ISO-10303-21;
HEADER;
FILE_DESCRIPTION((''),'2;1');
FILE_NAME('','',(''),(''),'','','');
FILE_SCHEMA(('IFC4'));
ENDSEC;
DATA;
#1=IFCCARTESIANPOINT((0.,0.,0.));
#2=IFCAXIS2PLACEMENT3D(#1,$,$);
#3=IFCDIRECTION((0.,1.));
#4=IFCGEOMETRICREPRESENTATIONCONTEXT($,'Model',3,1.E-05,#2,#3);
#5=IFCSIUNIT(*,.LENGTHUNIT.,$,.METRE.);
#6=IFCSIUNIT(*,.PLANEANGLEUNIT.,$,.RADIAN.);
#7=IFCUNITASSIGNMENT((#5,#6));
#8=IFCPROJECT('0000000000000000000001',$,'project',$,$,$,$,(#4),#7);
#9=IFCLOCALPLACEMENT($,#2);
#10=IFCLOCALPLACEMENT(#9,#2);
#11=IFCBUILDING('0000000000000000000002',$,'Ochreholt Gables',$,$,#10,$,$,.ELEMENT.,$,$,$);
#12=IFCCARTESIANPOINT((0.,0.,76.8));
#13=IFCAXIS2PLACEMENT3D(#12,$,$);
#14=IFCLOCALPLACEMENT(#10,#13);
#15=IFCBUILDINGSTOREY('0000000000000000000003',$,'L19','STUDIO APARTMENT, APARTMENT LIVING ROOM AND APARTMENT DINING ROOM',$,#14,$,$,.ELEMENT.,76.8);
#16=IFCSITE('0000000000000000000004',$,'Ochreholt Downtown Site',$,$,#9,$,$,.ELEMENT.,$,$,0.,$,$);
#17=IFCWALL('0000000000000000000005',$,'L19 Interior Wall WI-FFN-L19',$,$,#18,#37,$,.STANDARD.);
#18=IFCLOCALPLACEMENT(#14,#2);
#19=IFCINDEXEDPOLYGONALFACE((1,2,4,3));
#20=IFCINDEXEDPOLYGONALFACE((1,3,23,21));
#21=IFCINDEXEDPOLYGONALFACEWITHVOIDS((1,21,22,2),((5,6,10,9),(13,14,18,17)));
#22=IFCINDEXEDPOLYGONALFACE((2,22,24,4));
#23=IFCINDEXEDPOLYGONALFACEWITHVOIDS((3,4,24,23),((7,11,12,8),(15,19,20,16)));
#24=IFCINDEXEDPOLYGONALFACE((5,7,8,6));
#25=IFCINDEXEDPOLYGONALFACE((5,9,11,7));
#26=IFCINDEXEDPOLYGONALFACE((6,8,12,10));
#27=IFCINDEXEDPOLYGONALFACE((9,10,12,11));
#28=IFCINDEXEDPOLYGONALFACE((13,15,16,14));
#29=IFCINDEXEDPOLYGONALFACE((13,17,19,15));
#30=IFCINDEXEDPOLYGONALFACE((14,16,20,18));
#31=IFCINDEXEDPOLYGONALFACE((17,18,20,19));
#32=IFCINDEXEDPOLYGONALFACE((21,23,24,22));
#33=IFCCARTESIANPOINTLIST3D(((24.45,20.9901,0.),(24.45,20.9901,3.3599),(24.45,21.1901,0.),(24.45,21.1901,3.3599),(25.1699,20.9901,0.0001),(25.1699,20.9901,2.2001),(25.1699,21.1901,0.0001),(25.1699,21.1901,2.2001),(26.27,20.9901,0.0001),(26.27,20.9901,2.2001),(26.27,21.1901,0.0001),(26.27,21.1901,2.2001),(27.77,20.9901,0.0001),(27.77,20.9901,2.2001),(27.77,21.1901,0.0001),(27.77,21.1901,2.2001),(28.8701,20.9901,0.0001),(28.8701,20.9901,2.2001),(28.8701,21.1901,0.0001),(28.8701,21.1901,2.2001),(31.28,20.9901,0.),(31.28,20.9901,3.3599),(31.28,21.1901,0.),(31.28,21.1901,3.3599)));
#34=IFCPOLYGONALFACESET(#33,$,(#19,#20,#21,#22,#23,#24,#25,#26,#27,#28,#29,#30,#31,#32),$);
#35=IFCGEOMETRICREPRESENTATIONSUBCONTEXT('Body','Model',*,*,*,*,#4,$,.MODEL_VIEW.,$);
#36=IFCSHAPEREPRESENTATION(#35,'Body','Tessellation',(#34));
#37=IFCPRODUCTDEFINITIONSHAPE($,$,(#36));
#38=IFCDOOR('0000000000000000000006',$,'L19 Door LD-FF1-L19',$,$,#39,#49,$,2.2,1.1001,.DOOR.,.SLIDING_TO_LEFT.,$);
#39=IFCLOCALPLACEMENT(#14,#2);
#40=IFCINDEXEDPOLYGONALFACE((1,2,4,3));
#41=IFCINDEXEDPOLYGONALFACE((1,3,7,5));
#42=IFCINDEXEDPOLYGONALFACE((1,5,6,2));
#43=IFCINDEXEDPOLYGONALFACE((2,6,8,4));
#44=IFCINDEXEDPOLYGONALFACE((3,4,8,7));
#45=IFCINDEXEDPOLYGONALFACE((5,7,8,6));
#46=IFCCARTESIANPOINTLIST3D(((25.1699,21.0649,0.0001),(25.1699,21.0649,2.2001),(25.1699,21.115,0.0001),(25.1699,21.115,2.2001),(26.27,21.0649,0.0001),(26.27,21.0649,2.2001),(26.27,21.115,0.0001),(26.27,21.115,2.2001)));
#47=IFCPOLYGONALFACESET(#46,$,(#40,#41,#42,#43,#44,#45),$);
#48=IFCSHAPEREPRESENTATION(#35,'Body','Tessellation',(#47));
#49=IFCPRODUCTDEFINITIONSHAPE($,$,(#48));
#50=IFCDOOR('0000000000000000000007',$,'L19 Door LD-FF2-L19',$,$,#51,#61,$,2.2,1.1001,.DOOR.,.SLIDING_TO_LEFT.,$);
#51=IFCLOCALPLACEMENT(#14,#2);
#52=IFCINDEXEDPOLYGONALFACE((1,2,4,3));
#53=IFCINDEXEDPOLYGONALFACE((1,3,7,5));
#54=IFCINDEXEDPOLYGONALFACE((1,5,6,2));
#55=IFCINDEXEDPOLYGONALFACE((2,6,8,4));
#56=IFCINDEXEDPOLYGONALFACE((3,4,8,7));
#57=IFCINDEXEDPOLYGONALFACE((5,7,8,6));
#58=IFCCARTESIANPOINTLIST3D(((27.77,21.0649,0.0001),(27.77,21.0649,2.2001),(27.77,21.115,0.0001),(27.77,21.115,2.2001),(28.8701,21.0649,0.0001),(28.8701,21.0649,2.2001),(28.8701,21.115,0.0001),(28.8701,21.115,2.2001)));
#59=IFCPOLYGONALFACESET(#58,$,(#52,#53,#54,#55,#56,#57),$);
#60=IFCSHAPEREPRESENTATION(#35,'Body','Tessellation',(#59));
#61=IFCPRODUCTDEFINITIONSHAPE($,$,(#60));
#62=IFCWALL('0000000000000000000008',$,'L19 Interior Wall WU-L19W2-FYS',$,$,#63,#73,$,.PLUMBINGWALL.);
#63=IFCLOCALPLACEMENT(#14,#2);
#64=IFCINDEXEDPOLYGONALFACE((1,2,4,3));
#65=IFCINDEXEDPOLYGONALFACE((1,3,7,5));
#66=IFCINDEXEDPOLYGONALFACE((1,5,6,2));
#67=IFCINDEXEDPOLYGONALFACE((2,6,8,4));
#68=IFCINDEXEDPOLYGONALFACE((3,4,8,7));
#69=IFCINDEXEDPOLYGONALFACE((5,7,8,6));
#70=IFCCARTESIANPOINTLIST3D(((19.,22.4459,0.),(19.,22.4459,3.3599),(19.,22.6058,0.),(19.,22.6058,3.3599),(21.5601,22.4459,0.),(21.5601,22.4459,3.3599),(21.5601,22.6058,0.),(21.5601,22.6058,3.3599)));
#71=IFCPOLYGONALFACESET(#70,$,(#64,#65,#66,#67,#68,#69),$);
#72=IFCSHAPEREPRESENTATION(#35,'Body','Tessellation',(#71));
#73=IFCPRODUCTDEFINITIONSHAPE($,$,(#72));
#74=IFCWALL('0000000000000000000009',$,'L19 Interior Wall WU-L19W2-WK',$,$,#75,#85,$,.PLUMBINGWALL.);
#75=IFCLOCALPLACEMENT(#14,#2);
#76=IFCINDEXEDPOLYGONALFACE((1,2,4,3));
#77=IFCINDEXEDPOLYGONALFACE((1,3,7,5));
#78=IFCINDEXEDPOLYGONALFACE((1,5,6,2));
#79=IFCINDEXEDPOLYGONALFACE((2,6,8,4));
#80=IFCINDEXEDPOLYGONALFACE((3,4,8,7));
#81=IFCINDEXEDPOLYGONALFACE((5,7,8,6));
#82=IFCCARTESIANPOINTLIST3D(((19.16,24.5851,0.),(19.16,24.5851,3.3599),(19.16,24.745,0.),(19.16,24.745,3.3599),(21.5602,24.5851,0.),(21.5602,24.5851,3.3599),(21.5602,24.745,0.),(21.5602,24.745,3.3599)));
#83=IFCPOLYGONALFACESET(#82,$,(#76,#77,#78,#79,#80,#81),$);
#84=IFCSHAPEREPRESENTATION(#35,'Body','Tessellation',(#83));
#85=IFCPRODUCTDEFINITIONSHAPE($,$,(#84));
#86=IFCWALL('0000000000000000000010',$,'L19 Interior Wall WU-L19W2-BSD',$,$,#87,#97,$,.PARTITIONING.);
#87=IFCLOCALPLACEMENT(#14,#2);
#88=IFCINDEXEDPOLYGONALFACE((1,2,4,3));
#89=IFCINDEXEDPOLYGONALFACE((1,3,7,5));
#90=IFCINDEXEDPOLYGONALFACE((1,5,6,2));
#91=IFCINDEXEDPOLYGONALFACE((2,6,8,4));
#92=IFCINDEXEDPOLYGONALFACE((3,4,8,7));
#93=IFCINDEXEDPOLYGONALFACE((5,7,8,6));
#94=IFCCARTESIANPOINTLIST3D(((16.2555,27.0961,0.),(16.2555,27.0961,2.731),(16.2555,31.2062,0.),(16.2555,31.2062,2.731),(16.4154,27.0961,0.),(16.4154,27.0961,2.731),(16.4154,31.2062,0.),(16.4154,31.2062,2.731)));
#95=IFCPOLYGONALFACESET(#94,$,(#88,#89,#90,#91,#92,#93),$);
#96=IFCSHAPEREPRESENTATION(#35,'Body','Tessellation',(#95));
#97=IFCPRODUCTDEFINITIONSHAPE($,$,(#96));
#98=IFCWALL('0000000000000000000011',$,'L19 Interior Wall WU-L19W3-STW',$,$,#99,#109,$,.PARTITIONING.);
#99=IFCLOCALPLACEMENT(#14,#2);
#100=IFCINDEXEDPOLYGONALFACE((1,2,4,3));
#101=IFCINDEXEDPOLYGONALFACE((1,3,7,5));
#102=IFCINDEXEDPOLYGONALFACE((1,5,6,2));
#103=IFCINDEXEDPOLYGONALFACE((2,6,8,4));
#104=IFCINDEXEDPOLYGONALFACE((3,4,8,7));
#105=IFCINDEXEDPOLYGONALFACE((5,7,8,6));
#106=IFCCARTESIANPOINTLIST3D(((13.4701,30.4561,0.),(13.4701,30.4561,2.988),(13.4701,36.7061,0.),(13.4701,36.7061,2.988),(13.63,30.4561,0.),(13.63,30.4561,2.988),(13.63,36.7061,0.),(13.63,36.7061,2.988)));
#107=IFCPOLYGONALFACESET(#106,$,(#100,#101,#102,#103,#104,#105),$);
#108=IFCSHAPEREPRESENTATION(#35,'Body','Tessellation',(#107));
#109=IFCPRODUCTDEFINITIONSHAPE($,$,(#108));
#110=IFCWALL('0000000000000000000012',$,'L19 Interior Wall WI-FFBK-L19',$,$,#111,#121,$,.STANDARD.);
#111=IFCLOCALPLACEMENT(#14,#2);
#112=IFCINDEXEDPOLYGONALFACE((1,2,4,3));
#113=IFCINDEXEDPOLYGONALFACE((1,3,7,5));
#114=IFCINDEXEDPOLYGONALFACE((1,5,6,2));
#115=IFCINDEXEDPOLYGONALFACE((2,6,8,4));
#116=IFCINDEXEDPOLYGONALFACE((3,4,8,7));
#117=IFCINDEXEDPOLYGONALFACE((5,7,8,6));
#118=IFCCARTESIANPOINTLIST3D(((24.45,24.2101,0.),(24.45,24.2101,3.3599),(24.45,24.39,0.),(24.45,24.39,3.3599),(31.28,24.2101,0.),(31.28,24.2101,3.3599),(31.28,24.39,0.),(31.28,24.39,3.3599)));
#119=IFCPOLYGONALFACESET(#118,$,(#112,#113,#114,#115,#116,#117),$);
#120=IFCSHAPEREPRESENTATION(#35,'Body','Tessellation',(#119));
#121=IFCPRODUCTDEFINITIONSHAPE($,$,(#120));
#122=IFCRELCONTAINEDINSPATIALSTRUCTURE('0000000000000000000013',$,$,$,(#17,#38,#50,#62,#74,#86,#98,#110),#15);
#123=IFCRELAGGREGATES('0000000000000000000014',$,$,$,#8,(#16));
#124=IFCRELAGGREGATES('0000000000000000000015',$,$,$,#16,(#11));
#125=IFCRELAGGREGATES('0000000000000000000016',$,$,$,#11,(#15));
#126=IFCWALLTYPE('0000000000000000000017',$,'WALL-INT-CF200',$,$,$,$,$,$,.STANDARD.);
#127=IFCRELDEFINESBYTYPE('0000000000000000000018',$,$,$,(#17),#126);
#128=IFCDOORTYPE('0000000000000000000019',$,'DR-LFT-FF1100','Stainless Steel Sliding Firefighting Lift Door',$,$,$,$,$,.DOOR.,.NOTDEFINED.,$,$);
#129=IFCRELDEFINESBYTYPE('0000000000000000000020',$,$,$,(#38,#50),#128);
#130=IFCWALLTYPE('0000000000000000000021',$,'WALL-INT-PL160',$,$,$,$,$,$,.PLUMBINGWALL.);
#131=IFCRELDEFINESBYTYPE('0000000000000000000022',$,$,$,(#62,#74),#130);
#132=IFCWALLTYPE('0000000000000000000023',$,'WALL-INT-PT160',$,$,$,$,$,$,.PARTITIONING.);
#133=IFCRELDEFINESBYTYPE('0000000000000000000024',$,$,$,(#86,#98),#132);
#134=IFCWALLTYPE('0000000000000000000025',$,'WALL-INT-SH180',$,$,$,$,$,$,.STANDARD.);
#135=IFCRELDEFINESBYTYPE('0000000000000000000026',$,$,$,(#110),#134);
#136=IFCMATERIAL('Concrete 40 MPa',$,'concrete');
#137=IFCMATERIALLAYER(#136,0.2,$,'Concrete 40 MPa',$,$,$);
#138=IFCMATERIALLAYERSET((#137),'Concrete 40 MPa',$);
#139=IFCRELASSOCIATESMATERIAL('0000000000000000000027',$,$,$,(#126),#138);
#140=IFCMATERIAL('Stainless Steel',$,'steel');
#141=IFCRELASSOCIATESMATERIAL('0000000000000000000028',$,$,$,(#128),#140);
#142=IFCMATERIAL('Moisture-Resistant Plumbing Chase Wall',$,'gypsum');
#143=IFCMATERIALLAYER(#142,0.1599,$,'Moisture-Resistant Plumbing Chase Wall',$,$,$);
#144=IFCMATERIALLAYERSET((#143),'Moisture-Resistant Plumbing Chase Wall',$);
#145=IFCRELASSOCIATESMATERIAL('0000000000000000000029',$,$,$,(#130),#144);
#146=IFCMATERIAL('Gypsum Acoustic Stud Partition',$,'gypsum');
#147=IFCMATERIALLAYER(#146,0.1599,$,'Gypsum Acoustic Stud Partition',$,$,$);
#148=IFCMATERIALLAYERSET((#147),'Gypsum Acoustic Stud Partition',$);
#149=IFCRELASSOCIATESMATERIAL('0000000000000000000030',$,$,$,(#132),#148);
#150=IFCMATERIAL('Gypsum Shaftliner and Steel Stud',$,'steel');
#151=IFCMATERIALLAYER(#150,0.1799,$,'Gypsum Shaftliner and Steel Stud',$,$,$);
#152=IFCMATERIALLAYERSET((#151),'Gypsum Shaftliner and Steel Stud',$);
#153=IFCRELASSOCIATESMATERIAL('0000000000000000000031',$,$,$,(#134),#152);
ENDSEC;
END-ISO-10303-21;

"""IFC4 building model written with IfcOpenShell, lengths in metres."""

from ifc_helpers import new_model, si_unit, direction, frame, frame_2d, origin, place, context, subcontext, project, spatial, rectangle, extrude, material, layer, layer_set, type_object, element, fill, save


model = new_model("IFC4")

# Units and contexts
model_context = context("Model", 3, precision=1e-05, world=origin(), true_north=direction((0.0, 1.0)))
body_context = subcontext(model_context, "Body", "Model", "MODEL_VIEW")
ifc_project = project(units=[si_unit("LENGTHUNIT", "METRE"), si_unit("PLANEANGLEUNIT", "RADIAN")], contexts=[model_context])

# Site, building, storey
site_placement = place(None, origin())
site = spatial("IfcSite", under=ifc_project, at=site_placement, Name="Ochreholt Downtown Site", CompositionType="ELEMENT", RefElevation=0.0)
building_placement = place(site_placement, origin())
building = spatial("IfcBuilding", under=site, at=building_placement, Name="Ochreholt Gables", CompositionType="ELEMENT")
storey_placement = place(building_placement, frame((0.0, 0.0, 76.8)))
storey = spatial("IfcBuildingStorey", under=building, at=storey_placement, Name="L19", Description="STUDIO APARTMENT, APARTMENT LIVING ROOM AND APARTMENT DINING ROOM", CompositionType="ELEMENT", Elevation=76.8)

# Wall, openings, doors
ifc_material_1 = material(Name="Concrete 40 MPa", Category="concrete")
ifc_layer_1 = layer(ifc_material_1, 0.2, Name="Concrete 40 MPa")
ifc_layer_set_1 = layer_set([ifc_layer_1], Name="Concrete 40 MPa")
wall_type_1 = type_object("IfcWallType", Name="WALL-INT-CF200", PredefinedType="STANDARD", material=ifc_layer_set_1)
wall_1_placement = place(storey_placement, frame((24.45, 21.0901, 0.0), z_axis=(0.0, 0.0, 1.0), x_axis=(1.0, 0.0, 0.0)))
wall_1 = element("IfcWall", 1, at=wall_1_placement, inside=storey, type_object=wall_type_1, Name="L19 Interior Wall WI-FFN-L19", PredefinedType="STANDARD", context=body_context, shape_type="SweptSolid", body=[
    extrude(rectangle(XDim=6.8301, YDim=0.2, at=frame_2d((3.415, 0.0))), origin(), (0.0, 0.0, 1.0), 3.3599),
])
opening_1_placement = place(wall_1_placement, frame((0.72, 0.0, 0.0)))
opening_1 = element("IfcOpeningElement", 2, at=opening_1_placement, cuts=wall_1, PredefinedType="OPENING", context=body_context, shape_type="SweptSolid", body=[
    extrude(rectangle(XDim=1.1001, YDim=2.2, at=frame_2d((0.55, 1.1001))), frame((0.0, 0.1099, 0.0), z_axis=(0.0, -1.0, 0.0), x_axis=(1.0, 0.0, 0.0)), (0.0, 0.0, 1.0), 0.22),
])
opening_2_placement = place(wall_1_placement, frame((3.3201, 0.0, 0.0)))
opening_2 = element("IfcOpeningElement", 3, at=opening_2_placement, cuts=wall_1, PredefinedType="OPENING", context=body_context, shape_type="SweptSolid", body=[
    extrude(rectangle(XDim=1.1001, YDim=2.2, at=frame_2d((0.55, 1.1001))), frame((0.0, 0.1099, 0.0), z_axis=(0.0, -1.0, 0.0), x_axis=(1.0, 0.0, 0.0)), (0.0, 0.0, 1.0), 0.22),
])
ifc_material_2 = material(Name="Stainless Steel", Category="steel")
door_type_1 = type_object("IfcDoorType", Name="DR-LFT-FF1100", Description="Stainless Steel Sliding Firefighting Lift Door", OperationType="NOTDEFINED", PredefinedType="DOOR", material=ifc_material_2)
door_1_placement = place(opening_1_placement, origin())
door_1 = element("IfcDoor", 4, at=door_1_placement, inside=storey, type_object=door_type_1, Name="L19 Door LD-FF1-L19", OperationType="SLIDING_TO_LEFT", OverallHeight=2.2, OverallWidth=1.1001, PredefinedType="DOOR", context=body_context, shape_type="SweptSolid", body=[
    extrude(rectangle(XDim=1.1001, YDim=2.2, at=frame_2d((0.55, 1.1001))), frame((0.0, 0.0249, 0.0), z_axis=(0.0, -1.0, 0.0), x_axis=(1.0, 0.0, 0.0)), (0.0, 0.0, 1.0), 0.05),
])
fill(opening_1, door_1)
door_2_placement = place(opening_2_placement, origin())
door_2 = element("IfcDoor", 5, at=door_2_placement, inside=storey, type_object=door_type_1, Name="L19 Door LD-FF2-L19", OperationType="SLIDING_TO_LEFT", OverallHeight=2.2, OverallWidth=1.1001, PredefinedType="DOOR", context=body_context, shape_type="SweptSolid", body=[
    extrude(rectangle(XDim=1.1001, YDim=2.2, at=frame_2d((0.55, 1.1001))), frame((0.0, 0.0249, 0.0), z_axis=(0.0, -1.0, 0.0), x_axis=(1.0, 0.0, 0.0)), (0.0, 0.0, 1.0), 0.05),
])
fill(opening_2, door_2)

# Wall
ifc_material_3 = material(Name="Moisture-Resistant Plumbing Chase Wall", Category="gypsum")
ifc_layer_2 = layer(ifc_material_3, 0.1599, Name="Moisture-Resistant Plumbing Chase Wall")
ifc_layer_set_2 = layer_set([ifc_layer_2], Name="Moisture-Resistant Plumbing Chase Wall")
wall_type_2 = type_object("IfcWallType", Name="WALL-INT-PL160", PredefinedType="PLUMBINGWALL", material=ifc_layer_set_2)
wall_2_placement = place(storey_placement, frame((19.0, 22.5259, 0.0), z_axis=(0.0, 0.0, 1.0), x_axis=(1.0, 0.0, 0.0)))
element("IfcWall", 6, at=wall_2_placement, inside=storey, type_object=wall_type_2, Name="L19 Interior Wall WU-L19W2-FYS", PredefinedType="PLUMBINGWALL", context=body_context, shape_type="SweptSolid", body=[
    extrude(rectangle(XDim=2.5601, YDim=0.1599, at=frame_2d((1.28, 0.0))), origin(), (0.0, 0.0, 1.0), 3.3599),
])

# Wall
wall_3_placement = place(storey_placement, frame((19.1599, 24.665, 0.0), z_axis=(0.0, 0.0, 1.0), x_axis=(1.0, 0.0, 0.0)))
element("IfcWall", 7, at=wall_3_placement, inside=storey, type_object=wall_type_2, Name="L19 Interior Wall WU-L19W2-WK", PredefinedType="PLUMBINGWALL", context=body_context, shape_type="SweptSolid", body=[
    extrude(rectangle(XDim=2.4001, YDim=0.1599, at=frame_2d((1.2002, 0.0))), origin(), (0.0, 0.0, 1.0), 3.3599),
])

# Walls
ifc_material_4 = material(Name="Gypsum Acoustic Stud Partition", Category="gypsum")
ifc_layer_3 = layer(ifc_material_4, 0.1599, Name="Gypsum Acoustic Stud Partition")
ifc_layer_set_3 = layer_set([ifc_layer_3], Name="Gypsum Acoustic Stud Partition")
wall_type_3 = type_object("IfcWallType", Name="WALL-INT-PT160", PredefinedType="PARTITIONING", material=ifc_layer_set_3)
wall_4_placement = place(storey_placement, frame((16.3354, 27.0959, 0.0), z_axis=(0.0, 0.0, 1.0), x_axis=(0.0, 1.0, 0.0)))
element("IfcWall", 8, at=wall_4_placement, inside=storey, type_object=wall_type_3, Name="L19 Interior Wall WU-L19W2-BSD", PredefinedType="PARTITIONING", context=body_context, shape_type="SweptSolid", body=[
    extrude(rectangle(XDim=4.1101, YDim=0.1599, at=frame_2d((2.0552, 0.0))), origin(), (0.0, 0.0, 1.0), 2.731),
])
wall_5_placement = place(storey_placement, frame((13.55, 30.4561, 0.0), z_axis=(0.0, 0.0, 1.0), x_axis=(0.0, 1.0, 0.0)))
element("IfcWall", 9, at=wall_5_placement, inside=storey, type_object=wall_type_3, Name="L19 Interior Wall WU-L19W3-STW", PredefinedType="PARTITIONING", context=body_context, shape_type="SweptSolid", body=[
    extrude(rectangle(XDim=6.25, YDim=0.1599, at=frame_2d((3.125, 0.0))), origin(), (0.0, 0.0, 1.0), 2.988),
])
ifc_material_5 = material(Name="Gypsum Shaftliner and Steel Stud", Category="steel")
ifc_layer_4 = layer(ifc_material_5, 0.1799, Name="Gypsum Shaftliner and Steel Stud")
ifc_layer_set_4 = layer_set([ifc_layer_4], Name="Gypsum Shaftliner and Steel Stud")
wall_type_4 = type_object("IfcWallType", Name="WALL-INT-SH180", PredefinedType="STANDARD", material=ifc_layer_set_4)
wall_6_placement = place(storey_placement, frame((24.45, 24.3, 0.0), z_axis=(0.0, 0.0, 1.0), x_axis=(1.0, 0.0, 0.0)))
element("IfcWall", 10, at=wall_6_placement, inside=storey, type_object=wall_type_4, Name="L19 Interior Wall WI-FFBK-L19", PredefinedType="STANDARD", context=body_context, shape_type="SweptSolid", body=[
    extrude(rectangle(XDim=6.8301, YDim=0.1799, at=frame_2d((3.415, 0.0))), origin(), (0.0, 0.0, 1.0), 3.3599),
])

save(model, "model.ifc")
